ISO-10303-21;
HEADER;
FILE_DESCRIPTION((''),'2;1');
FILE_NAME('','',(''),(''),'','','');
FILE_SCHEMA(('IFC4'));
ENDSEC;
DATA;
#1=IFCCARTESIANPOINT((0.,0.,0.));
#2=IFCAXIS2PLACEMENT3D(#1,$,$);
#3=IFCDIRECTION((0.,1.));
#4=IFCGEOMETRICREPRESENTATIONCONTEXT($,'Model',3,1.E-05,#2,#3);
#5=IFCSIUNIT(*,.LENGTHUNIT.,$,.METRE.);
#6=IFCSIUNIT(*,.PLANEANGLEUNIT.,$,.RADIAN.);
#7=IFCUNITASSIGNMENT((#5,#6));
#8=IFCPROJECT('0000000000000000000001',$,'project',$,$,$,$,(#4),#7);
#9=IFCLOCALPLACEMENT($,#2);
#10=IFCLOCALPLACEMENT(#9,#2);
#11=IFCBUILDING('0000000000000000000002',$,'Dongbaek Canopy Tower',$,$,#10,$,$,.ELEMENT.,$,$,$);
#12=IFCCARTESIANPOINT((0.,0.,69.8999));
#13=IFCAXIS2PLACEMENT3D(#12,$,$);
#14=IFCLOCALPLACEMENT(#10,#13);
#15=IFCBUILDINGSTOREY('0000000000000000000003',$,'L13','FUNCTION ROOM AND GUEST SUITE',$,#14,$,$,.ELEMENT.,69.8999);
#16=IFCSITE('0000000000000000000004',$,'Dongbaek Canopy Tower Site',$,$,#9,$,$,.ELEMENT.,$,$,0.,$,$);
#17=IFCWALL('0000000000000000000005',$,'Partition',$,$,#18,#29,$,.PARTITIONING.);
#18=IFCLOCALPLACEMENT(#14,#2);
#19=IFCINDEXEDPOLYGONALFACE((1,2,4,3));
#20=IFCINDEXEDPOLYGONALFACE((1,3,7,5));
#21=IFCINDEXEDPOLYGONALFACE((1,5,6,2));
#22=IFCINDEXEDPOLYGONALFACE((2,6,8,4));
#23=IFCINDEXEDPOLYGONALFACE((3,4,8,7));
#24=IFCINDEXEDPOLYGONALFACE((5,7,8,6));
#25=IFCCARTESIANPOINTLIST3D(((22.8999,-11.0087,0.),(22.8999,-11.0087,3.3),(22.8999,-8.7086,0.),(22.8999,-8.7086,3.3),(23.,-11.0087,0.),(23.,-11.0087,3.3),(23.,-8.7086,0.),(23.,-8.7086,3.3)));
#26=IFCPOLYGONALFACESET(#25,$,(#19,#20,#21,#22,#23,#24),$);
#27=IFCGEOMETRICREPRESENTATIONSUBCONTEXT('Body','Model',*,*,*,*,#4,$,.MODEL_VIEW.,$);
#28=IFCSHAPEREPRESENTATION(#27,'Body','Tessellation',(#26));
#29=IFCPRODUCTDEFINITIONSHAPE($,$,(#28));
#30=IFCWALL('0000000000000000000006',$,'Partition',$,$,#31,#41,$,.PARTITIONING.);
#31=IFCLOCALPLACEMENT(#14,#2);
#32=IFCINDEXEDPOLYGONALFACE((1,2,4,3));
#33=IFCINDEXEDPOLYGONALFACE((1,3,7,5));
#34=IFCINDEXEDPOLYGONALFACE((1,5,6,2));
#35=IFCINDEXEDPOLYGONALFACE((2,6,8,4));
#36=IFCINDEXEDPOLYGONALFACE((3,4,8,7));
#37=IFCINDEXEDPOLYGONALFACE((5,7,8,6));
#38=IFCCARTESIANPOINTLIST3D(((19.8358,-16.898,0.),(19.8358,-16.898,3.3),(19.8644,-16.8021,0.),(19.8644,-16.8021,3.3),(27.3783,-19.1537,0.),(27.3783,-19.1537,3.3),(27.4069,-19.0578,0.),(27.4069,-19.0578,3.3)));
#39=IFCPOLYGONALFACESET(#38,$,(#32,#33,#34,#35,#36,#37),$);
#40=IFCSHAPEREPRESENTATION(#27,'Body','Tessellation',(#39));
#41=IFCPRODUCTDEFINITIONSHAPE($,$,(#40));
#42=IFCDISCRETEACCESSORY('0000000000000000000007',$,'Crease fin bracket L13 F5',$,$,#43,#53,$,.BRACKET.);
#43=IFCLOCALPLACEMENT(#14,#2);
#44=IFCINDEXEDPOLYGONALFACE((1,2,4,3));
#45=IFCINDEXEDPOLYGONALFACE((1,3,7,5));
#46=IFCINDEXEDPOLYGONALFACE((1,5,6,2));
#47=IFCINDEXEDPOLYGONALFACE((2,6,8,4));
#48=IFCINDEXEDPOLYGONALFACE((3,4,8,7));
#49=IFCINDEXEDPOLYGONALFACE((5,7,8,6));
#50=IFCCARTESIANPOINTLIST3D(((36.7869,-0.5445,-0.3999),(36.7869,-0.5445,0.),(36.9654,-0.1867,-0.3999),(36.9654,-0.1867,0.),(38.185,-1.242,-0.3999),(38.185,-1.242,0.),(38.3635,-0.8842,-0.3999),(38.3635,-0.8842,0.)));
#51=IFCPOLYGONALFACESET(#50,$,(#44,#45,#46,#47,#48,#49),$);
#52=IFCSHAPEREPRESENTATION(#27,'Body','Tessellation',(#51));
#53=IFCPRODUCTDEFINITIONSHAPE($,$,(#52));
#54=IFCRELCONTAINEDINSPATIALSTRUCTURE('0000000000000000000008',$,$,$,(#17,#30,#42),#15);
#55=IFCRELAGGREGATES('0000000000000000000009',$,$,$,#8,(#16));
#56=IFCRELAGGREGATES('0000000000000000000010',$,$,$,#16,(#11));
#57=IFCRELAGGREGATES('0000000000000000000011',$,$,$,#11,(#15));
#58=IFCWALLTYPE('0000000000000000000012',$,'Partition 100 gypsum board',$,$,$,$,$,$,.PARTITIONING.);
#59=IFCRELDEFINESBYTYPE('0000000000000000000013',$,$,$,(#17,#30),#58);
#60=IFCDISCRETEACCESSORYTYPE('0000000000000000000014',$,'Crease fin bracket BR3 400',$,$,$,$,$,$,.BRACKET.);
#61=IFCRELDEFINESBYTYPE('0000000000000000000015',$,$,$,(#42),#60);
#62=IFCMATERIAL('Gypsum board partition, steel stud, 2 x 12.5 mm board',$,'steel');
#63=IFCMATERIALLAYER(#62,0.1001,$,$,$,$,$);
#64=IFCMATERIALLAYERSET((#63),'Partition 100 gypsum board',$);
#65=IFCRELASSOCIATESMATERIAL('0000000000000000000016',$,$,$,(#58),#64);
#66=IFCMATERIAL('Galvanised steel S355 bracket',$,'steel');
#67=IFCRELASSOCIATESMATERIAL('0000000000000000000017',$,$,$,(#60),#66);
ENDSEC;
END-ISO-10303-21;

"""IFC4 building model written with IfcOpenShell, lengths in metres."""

from ifc_helpers import new_model, si_unit, direction, frame, frame_2d, origin, origin_2d, place, context, subcontext, project, spatial, rectangle, extrude, material, layer, layer_set, type_object, element, save


model = new_model("IFC4")

# Units and contexts
model_context = context("Model", 3, precision=1e-05, world=origin(), true_north=direction((0.0, 1.0)))
body_context = subcontext(model_context, "Body", "Model", "MODEL_VIEW")
ifc_project = project(units=[si_unit("LENGTHUNIT", "METRE"), si_unit("PLANEANGLEUNIT", "RADIAN")], contexts=[model_context])

# Site, building, storey
site_placement = place(None, origin())
site = spatial("IfcSite", under=ifc_project, at=site_placement, Name="Dongbaek Canopy Tower Site", CompositionType="ELEMENT", RefElevation=0.0)
building_placement = place(site_placement, origin())
building = spatial("IfcBuilding", under=site, at=building_placement, Name="Dongbaek Canopy Tower", CompositionType="ELEMENT")
storey_placement = place(building_placement, frame((0.0, 0.0, 69.8999)))
storey = spatial("IfcBuildingStorey", under=building, at=storey_placement, Name="L13", Description="FUNCTION ROOM AND GUEST SUITE", CompositionType="ELEMENT", Elevation=69.8999)

# Shared definitions
ifc_material_1 = material(Name="Gypsum board partition, steel stud, 2 x 12.5 mm board", Category="steel")
ifc_layer_1 = layer(ifc_material_1, 0.1001)
ifc_layer_set_1 = layer_set([ifc_layer_1], Name="Partition 100 gypsum board")
wall_type_1 = type_object("IfcWallType", Name="Partition 100 gypsum board", PredefinedType="PARTITIONING", material=ifc_layer_set_1)

# Walls
wall_1_placement = place(storey_placement, frame((22.95, -11.0085, 0.0), z_axis=(0.0, 0.0, 1.0), x_axis=(0.0, 1.0, 0.0)))
element("IfcWall", 1, at=wall_1_placement, inside=storey, type_object=wall_type_1, Name="Partition", PredefinedType="PARTITIONING", context=body_context, shape_type="SweptSolid", body=[
    extrude(rectangle(XDim=2.3, YDim=0.1001, at=frame_2d((1.1499, 0.0))), origin(), (0.0, 0.0, 1.0), 3.3),
])
wall_2_placement = place(storey_placement, frame((19.8501, -16.8501, 0.0), z_axis=(0.0, 0.0, 1.0), x_axis=(0.958075, -0.286517, 0.0)))
element("IfcWall", 2, at=wall_2_placement, inside=storey, type_object=wall_type_1, Name="Partition", PredefinedType="PARTITIONING", context=body_context, shape_type="SweptSolid", body=[
    extrude(rectangle(XDim=7.8726, YDim=0.1001, at=frame_2d((3.9363, 0.0))), origin(), (0.0, 0.0, 1.0), 3.3),
])

# Discrete accessory
ifc_material_2 = material(Name="Galvanised steel S355 bracket", Category="steel")
discrete_accessory_type = type_object("IfcDiscreteAccessoryType", Name="Crease fin bracket BR3 400", PredefinedType="BRACKET", material=ifc_material_2)
discrete_accessory_placement = place(storey_placement, frame((37.5752, -0.7144, -0.3999), z_axis=(0.0, 0.0, 1.0), x_axis=(0.894823, -0.446421, 0.0)))
element("IfcDiscreteAccessory", 3, at=discrete_accessory_placement, inside=storey, type_object=discrete_accessory_type, Name="Crease fin bracket L13 F5", PredefinedType="BRACKET", context=body_context, shape_type="SweptSolid", body=[
    extrude(rectangle(XDim=1.5625, YDim=0.3999, at=origin_2d()), origin(), (0.0, 0.0, 1.0), 0.3999),
])

save(model, "model.ifc")
